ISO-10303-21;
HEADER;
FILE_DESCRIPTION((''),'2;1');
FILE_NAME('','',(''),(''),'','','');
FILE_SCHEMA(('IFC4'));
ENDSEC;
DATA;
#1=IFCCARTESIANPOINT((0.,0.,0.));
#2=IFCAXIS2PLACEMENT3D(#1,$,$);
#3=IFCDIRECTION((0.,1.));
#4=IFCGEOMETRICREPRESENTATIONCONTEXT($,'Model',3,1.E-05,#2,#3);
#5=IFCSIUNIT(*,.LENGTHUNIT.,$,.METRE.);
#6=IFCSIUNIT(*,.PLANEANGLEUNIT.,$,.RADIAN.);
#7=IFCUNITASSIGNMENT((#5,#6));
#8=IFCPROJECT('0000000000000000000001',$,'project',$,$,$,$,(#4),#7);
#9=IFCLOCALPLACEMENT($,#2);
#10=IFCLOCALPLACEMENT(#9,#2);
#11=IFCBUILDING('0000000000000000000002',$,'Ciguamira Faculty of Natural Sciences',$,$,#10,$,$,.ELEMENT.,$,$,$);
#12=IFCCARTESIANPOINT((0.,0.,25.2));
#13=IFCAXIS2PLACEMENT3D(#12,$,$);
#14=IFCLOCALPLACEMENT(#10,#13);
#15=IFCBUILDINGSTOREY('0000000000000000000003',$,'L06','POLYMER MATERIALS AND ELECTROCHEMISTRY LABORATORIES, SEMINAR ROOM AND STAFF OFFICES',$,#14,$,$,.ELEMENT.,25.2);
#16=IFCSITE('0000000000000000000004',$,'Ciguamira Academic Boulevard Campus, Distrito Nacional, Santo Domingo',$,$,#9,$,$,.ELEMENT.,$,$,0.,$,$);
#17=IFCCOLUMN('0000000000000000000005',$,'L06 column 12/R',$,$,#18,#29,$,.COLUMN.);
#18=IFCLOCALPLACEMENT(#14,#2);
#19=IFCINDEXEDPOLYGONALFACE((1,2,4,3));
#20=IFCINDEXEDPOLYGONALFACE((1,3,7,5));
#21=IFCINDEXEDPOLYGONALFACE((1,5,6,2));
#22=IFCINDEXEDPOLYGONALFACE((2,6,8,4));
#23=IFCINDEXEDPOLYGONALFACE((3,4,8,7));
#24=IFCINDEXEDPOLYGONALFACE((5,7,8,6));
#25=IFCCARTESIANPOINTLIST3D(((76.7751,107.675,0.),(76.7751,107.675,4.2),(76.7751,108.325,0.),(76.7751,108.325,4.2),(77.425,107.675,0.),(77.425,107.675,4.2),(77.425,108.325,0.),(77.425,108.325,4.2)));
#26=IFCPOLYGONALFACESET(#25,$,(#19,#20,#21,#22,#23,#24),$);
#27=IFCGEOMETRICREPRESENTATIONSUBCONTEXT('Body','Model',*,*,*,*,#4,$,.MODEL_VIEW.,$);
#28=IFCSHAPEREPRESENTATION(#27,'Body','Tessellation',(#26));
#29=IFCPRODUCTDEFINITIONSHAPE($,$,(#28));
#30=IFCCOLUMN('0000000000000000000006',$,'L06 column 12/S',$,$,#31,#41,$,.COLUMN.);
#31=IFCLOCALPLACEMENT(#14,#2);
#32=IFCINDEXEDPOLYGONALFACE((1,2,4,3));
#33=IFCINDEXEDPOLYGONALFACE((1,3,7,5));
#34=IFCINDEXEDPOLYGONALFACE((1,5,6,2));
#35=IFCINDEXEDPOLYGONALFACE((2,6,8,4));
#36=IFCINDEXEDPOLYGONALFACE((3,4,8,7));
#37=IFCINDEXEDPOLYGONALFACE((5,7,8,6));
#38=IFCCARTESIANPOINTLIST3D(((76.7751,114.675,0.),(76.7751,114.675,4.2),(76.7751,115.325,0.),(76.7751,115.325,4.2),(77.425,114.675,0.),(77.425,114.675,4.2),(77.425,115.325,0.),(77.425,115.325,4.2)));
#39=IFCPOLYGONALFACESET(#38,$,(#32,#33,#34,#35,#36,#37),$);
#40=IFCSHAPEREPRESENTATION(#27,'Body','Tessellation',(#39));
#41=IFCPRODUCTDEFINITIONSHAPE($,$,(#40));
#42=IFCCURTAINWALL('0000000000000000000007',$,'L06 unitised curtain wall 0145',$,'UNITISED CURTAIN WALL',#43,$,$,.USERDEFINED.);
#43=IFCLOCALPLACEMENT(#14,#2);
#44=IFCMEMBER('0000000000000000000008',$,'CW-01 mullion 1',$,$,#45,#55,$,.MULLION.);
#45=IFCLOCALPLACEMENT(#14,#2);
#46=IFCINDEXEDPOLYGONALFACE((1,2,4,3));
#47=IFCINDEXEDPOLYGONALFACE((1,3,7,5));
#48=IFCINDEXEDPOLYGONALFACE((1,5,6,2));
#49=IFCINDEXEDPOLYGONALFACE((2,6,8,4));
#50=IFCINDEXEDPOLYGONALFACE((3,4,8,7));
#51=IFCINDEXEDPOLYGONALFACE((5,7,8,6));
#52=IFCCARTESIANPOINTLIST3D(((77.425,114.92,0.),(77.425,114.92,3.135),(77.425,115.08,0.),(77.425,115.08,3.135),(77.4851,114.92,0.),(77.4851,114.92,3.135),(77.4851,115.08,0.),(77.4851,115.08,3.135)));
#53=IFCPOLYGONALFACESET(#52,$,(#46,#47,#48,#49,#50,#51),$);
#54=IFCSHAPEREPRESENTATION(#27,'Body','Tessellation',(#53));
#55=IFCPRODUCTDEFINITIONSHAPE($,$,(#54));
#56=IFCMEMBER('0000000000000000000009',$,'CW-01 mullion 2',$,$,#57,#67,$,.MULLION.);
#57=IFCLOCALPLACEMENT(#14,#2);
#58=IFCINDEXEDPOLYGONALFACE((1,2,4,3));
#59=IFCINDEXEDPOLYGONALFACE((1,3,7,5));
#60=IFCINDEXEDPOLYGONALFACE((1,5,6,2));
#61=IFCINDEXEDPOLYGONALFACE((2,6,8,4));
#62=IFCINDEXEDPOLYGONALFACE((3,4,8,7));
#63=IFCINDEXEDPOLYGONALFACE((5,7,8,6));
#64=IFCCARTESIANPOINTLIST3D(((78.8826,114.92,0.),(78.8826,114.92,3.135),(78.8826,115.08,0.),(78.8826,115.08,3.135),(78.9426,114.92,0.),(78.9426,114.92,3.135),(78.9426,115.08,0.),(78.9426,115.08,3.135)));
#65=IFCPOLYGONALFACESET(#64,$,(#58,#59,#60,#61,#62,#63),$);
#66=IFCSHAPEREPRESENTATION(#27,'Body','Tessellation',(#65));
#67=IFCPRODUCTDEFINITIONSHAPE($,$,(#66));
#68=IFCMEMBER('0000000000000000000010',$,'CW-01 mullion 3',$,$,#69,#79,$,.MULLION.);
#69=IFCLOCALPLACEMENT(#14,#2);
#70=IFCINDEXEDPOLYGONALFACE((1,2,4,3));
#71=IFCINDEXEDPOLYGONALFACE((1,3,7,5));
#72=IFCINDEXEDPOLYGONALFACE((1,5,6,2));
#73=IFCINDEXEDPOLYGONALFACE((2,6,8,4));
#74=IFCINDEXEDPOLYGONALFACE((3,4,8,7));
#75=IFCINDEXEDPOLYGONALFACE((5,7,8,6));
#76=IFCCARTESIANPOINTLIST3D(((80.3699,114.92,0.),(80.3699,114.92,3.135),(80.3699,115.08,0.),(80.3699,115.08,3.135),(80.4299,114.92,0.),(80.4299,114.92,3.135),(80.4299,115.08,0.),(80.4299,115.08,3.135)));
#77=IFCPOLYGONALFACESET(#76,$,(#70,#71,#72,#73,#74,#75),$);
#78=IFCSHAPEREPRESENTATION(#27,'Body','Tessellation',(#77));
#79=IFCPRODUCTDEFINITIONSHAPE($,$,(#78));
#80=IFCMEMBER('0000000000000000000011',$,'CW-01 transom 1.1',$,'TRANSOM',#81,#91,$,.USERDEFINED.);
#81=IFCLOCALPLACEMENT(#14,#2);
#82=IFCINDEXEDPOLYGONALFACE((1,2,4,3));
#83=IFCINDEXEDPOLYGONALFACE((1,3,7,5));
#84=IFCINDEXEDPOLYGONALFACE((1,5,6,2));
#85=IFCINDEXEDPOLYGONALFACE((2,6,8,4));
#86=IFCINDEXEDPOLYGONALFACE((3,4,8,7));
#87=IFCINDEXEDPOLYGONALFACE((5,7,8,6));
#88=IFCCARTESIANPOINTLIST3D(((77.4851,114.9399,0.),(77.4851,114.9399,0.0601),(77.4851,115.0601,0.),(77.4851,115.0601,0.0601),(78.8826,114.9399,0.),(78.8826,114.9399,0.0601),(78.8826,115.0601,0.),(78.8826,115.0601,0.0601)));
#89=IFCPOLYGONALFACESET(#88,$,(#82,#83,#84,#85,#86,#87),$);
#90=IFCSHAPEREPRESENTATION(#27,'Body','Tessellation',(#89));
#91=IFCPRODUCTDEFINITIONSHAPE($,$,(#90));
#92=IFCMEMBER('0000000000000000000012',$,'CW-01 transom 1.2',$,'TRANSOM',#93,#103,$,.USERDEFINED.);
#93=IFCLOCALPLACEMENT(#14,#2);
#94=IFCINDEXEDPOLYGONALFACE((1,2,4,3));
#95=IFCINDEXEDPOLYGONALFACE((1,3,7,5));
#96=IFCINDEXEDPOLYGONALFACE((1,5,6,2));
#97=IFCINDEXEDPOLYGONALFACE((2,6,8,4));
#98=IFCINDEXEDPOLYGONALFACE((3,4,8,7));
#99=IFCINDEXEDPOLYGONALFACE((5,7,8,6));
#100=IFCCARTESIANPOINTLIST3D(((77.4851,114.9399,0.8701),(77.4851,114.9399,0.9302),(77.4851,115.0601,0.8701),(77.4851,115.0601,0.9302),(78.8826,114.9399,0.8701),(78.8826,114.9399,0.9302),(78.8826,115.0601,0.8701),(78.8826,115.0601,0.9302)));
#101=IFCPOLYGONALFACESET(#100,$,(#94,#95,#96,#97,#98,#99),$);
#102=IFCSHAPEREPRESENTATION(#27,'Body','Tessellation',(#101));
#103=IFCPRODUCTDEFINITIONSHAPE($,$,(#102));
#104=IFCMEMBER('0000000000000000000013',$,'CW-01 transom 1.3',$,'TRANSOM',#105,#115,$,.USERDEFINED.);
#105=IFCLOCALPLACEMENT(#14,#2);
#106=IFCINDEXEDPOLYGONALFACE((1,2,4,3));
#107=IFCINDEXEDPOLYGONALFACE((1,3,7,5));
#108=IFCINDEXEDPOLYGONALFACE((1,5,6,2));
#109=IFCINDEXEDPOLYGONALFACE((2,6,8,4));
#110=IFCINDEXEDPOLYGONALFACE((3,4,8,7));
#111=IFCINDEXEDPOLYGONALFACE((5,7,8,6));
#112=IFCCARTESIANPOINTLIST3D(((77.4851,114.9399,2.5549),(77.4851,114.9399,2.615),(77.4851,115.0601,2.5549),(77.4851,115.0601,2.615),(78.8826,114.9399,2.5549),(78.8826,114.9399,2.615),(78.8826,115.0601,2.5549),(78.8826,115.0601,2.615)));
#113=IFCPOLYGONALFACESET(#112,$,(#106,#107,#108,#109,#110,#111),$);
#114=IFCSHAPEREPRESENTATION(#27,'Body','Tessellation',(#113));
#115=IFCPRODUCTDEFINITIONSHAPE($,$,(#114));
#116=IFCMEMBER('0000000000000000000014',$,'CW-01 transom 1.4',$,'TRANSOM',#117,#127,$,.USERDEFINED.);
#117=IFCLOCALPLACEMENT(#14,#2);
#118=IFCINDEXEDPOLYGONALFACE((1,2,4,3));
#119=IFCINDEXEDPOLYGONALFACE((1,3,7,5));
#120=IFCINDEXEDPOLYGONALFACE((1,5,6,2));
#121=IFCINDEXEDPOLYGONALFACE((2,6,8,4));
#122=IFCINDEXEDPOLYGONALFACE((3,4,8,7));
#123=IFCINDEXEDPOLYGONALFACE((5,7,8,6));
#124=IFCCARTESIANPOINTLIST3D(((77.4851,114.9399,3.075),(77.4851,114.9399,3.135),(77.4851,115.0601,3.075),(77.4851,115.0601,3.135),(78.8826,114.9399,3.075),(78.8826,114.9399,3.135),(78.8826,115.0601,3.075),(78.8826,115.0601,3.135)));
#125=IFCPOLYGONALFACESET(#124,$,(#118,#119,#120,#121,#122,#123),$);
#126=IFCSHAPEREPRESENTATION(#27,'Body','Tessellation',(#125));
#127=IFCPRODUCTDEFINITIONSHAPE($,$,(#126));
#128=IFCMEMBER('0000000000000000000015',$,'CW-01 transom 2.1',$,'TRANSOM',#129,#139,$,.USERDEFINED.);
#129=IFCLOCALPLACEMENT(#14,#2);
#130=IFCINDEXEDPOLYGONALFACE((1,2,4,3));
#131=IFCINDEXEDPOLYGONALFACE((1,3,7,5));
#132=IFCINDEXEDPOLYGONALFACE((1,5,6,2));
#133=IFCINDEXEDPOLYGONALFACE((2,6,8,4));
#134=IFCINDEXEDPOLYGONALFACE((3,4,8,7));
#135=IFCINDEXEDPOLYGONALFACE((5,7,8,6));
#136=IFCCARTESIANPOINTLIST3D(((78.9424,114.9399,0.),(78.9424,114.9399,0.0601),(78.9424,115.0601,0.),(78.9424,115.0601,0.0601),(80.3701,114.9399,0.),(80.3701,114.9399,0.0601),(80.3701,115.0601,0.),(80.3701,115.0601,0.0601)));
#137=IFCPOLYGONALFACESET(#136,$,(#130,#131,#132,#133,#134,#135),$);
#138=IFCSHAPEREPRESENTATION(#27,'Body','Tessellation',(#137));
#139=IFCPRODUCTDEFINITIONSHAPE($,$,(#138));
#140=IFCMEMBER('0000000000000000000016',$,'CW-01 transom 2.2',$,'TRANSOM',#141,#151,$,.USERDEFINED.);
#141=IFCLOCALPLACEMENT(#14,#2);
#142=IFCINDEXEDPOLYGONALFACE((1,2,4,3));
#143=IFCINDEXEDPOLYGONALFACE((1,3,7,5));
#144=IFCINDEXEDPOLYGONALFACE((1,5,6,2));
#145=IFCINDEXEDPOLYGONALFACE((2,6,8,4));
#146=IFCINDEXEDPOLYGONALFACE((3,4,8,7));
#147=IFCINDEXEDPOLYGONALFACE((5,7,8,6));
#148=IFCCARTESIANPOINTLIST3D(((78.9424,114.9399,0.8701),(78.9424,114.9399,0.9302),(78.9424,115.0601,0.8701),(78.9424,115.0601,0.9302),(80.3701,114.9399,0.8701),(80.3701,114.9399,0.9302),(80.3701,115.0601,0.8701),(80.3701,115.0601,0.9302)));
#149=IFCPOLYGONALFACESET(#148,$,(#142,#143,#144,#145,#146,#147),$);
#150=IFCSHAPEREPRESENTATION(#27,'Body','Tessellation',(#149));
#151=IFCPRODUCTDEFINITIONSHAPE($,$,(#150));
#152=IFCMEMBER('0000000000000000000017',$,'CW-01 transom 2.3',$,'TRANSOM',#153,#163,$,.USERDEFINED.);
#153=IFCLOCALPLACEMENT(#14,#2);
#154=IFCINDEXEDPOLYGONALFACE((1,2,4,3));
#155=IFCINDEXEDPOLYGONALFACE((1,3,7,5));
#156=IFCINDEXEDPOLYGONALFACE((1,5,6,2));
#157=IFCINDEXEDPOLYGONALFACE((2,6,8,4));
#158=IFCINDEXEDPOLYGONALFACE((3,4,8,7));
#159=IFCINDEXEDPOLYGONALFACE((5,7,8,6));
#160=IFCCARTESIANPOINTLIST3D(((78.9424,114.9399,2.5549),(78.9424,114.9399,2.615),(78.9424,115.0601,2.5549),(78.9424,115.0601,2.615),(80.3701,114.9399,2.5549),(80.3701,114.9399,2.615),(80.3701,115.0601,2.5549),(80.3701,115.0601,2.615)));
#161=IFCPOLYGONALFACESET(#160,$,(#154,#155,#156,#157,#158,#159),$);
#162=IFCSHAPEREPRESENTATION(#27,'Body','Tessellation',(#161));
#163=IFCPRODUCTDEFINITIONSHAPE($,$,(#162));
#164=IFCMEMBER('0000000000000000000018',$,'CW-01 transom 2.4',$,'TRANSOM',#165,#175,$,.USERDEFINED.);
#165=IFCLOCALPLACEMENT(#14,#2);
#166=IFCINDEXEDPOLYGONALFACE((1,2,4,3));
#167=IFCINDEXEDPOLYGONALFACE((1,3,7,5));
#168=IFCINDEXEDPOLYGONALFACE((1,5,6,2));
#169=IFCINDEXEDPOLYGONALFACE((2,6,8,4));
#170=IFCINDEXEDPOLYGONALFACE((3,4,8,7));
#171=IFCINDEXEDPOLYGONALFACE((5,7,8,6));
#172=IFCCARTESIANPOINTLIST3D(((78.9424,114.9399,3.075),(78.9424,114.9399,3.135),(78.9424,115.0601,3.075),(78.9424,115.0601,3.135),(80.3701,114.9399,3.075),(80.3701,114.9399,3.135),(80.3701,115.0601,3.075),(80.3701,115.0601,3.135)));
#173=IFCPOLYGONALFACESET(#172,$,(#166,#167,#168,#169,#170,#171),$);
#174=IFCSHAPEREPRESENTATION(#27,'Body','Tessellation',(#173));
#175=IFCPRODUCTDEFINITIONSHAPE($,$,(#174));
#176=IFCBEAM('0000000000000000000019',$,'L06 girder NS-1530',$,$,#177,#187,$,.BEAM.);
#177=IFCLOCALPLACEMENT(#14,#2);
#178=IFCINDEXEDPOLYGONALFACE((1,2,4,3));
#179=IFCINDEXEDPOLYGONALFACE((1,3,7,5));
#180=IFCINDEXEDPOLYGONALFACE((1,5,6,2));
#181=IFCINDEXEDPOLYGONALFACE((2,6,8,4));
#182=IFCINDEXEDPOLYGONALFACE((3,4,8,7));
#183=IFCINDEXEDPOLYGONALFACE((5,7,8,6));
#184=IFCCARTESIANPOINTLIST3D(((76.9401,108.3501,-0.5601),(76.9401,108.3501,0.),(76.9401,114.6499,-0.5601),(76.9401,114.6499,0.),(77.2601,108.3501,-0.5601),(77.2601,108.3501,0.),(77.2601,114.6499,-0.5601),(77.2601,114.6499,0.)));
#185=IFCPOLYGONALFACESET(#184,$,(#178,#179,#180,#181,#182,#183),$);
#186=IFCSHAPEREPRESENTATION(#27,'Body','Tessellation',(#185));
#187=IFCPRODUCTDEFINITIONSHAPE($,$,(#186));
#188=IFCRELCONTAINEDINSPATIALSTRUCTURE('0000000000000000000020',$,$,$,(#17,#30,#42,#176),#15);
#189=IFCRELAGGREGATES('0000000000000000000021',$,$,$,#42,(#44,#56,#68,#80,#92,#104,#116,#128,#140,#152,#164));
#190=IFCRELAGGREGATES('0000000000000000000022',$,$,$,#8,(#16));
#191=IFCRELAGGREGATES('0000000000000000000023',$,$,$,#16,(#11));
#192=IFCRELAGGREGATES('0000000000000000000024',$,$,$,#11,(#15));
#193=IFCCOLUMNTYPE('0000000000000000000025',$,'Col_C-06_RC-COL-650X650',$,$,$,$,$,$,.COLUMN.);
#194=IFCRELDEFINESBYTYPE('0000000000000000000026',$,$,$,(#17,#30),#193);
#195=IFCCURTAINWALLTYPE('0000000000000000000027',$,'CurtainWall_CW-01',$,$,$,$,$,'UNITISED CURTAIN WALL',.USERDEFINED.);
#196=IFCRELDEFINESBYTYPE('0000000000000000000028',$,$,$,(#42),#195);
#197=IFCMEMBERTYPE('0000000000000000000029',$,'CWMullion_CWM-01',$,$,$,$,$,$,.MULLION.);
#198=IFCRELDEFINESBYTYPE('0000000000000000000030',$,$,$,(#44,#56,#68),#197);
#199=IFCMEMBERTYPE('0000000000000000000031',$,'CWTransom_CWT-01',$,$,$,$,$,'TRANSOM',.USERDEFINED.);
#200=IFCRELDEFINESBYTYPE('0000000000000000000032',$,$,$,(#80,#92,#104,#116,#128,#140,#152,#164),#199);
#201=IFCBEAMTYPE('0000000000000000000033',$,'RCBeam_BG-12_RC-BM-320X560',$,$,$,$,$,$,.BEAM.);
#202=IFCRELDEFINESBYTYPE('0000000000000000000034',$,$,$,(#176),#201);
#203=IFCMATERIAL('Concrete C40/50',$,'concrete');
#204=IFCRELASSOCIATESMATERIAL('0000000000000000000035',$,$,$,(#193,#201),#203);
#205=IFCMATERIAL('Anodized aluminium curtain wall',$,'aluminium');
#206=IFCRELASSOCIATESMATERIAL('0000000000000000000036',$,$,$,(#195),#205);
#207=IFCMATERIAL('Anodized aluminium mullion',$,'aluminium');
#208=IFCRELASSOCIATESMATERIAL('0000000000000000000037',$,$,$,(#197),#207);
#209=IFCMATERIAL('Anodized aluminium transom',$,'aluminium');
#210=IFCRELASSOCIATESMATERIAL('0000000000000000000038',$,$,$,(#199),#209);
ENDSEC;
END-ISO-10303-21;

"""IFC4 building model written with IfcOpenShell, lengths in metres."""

from ifc_helpers import new_model, si_unit, direction, frame, origin, origin_2d, place, context, subcontext, project, spatial, rectangle, extrude, material, material_profile, profile_set, type_object, element, aggregate, save


model = new_model("IFC4")

# Units and contexts
model_context = context("Model", 3, precision=1e-05, world=origin(), true_north=direction((0.0, 1.0)))
body_context = subcontext(model_context, "Body", "Model", "MODEL_VIEW")
ifc_project = project(units=[si_unit("LENGTHUNIT", "METRE"), si_unit("PLANEANGLEUNIT", "RADIAN")], contexts=[model_context])

# Site, building, storey
site_placement = place(None, origin())
site = spatial("IfcSite", under=ifc_project, at=site_placement, Name="Ciguamira Academic Boulevard Campus, Distrito Nacional, Santo Domingo", CompositionType="ELEMENT", RefElevation=0.0)
building_placement = place(site_placement, origin())
building = spatial("IfcBuilding", under=site, at=building_placement, Name="Ciguamira Faculty of Natural Sciences", CompositionType="ELEMENT")
storey_placement = place(building_placement, frame((0.0, 0.0, 25.2)))
storey = spatial("IfcBuildingStorey", under=building, at=storey_placement, Name="L06", Description="POLYMER MATERIALS AND ELECTROCHEMISTRY LABORATORIES, SEMINAR ROOM AND STAFF OFFICES", CompositionType="ELEMENT", Elevation=25.2)

# Columns
ifc_material_1 = material(Name="Concrete C40/50", Category="concrete")
ifc_material_profile_1 = material_profile(ifc_material_1, rectangle(XDim=0.6499, YDim=0.6499, at=origin_2d()), Name="RC-COL-650X650")
ifc_profile_set_1 = profile_set([ifc_material_profile_1], Name="Concrete C40/50")
column_type = type_object("IfcColumnType", Name="Col_C-06_RC-COL-650X650", PredefinedType="COLUMN", material=ifc_profile_set_1)
for number, where, z_axis, x_axis, name in (
    (1, (77.1001, 108.0, 0.0), (0.0, 0.0, 1.0), (1.0, 0.0, 0.0), "L06 column 12/R"),
    (2, (77.1001, 115.0, 0.0), (0.0, 0.0, 1.0), (1.0, 0.0, 0.0), "L06 column 12/S"),
):
    element("IfcColumn", number, at=place(storey_placement, frame(where, z_axis=z_axis, x_axis=x_axis)), inside=storey, type_object=column_type, Name=name, PredefinedType="COLUMN", context=body_context, shape_type="SweptSolid", body=[
        extrude(rectangle(XDim=0.6499, YDim=0.6499, at=origin_2d()), origin(), (0.0, 0.0, 1.0), 4.2),
    ])

# Curtain wall, members
ifc_material_2 = material(Name="Anodized aluminium curtain wall", Category="aluminium")
curtain_wall_type = type_object("IfcCurtainWallType", Name="CurtainWall_CW-01", ElementType="UNITISED CURTAIN WALL", PredefinedType="USERDEFINED", material=ifc_material_2)
curtain_wall_placement = place(storey_placement, origin())
curtain_wall = element("IfcCurtainWall", 3, at=curtain_wall_placement, inside=storey, type_object=curtain_wall_type, Name="L06 unitised curtain wall 0145", ObjectType="UNITISED CURTAIN WALL", PredefinedType="USERDEFINED")
ifc_material_3 = material(Name="Anodized aluminium mullion", Category="aluminium")
ifc_material_profile_2 = material_profile(ifc_material_3, rectangle(XDim=0.0601, YDim=0.1599, at=origin_2d()), Name="ALU-MUL-60X160")
ifc_profile_set_2 = profile_set([ifc_material_profile_2], Name="Anodized aluminium mullion")
member_type_1 = type_object("IfcMemberType", Name="CWMullion_CWM-01", PredefinedType="MULLION", material=ifc_profile_set_2)
member_1_placement = place(storey_placement, frame((77.4551, 115.0, 0.0), z_axis=(0.0, 0.0, 1.0), x_axis=(1.0, 0.0, 0.0)))
member_1 = element("IfcMember", 4, at=member_1_placement, type_object=member_type_1, Name="CW-01 mullion 1", PredefinedType="MULLION", context=body_context, shape_type="SweptSolid", body=[
    extrude(rectangle(XDim=0.0601, YDim=0.1599, at=origin_2d()), origin(), (0.0, 0.0, 1.0), 3.135),
])
member_2_placement = place(storey_placement, frame((78.9126, 115.0, 0.0), z_axis=(0.0, 0.0, 1.0), x_axis=(1.0, 0.0, 0.0)))
member_2 = element("IfcMember", 5, at=member_2_placement, type_object=member_type_1, Name="CW-01 mullion 2", PredefinedType="MULLION", context=body_context, shape_type="SweptSolid", body=[
    extrude(rectangle(XDim=0.0601, YDim=0.1599, at=origin_2d()), origin(), (0.0, 0.0, 1.0), 3.135),
])
member_3_placement = place(storey_placement, frame((80.3999, 115.0, 0.0), z_axis=(0.0, 0.0, 1.0), x_axis=(1.0, 0.0, 0.0)))
member_3 = element("IfcMember", 6, at=member_3_placement, type_object=member_type_1, Name="CW-01 mullion 3", PredefinedType="MULLION", context=body_context, shape_type="SweptSolid", body=[
    extrude(rectangle(XDim=0.0601, YDim=0.1599, at=origin_2d()), origin(), (0.0, 0.0, 1.0), 3.135),
])
ifc_material_4 = material(Name="Anodized aluminium transom", Category="aluminium")
ifc_material_profile_3 = material_profile(ifc_material_4, rectangle(XDim=0.0601, YDim=0.1201, at=origin_2d()), Name="ALU-TRN-60X120")
ifc_profile_set_3 = profile_set([ifc_material_profile_3], Name="Anodized aluminium transom")
member_type_2 = type_object("IfcMemberType", Name="CWTransom_CWT-01", ElementType="TRANSOM", PredefinedType="USERDEFINED", material=ifc_profile_set_3)
member_4_placement = place(storey_placement, frame((77.4851, 115.0, 0.03), z_axis=(1.0, 0.0, 0.0), x_axis=(0.0, 0.0, 1.0)))
member_4 = element("IfcMember", 7, at=member_4_placement, type_object=member_type_2, Name="CW-01 transom 1.1", ObjectType="TRANSOM", PredefinedType="USERDEFINED", context=body_context, shape_type="SweptSolid", body=[
    extrude(rectangle(XDim=0.0601, YDim=0.1201, at=origin_2d()), origin(), (0.0, 0.0, 1.0), 1.3975),
])
member_5_placement = place(storey_placement, frame((77.4851, 115.0, 0.9001), z_axis=(1.0, 0.0, 0.0), x_axis=(0.0, 0.0, 1.0)))
member_5 = element("IfcMember", 8, at=member_5_placement, type_object=member_type_2, Name="CW-01 transom 1.2", ObjectType="TRANSOM", PredefinedType="USERDEFINED", context=body_context, shape_type="SweptSolid", body=[
    extrude(rectangle(XDim=0.0601, YDim=0.1201, at=origin_2d()), origin(), (0.0, 0.0, 1.0), 1.3975),
])
member_6_placement = place(storey_placement, frame((77.4851, 115.0, 2.585), z_axis=(1.0, 0.0, 0.0), x_axis=(0.0, 0.0, 1.0)))
member_6 = element("IfcMember", 9, at=member_6_placement, type_object=member_type_2, Name="CW-01 transom 1.3", ObjectType="TRANSOM", PredefinedType="USERDEFINED", context=body_context, shape_type="SweptSolid", body=[
    extrude(rectangle(XDim=0.0601, YDim=0.1201, at=origin_2d()), origin(), (0.0, 0.0, 1.0), 1.3975),
])
member_7_placement = place(storey_placement, frame((77.4851, 115.0, 3.105), z_axis=(1.0, 0.0, 0.0), x_axis=(0.0, 0.0, 1.0)))
member_7 = element("IfcMember", 10, at=member_7_placement, type_object=member_type_2, Name="CW-01 transom 1.4", ObjectType="TRANSOM", PredefinedType="USERDEFINED", context=body_context, shape_type="SweptSolid", body=[
    extrude(rectangle(XDim=0.0601, YDim=0.1201, at=origin_2d()), origin(), (0.0, 0.0, 1.0), 1.3975),
])
member_8_placement = place(storey_placement, frame((78.9424, 115.0, 0.03), z_axis=(1.0, 0.0, 0.0), x_axis=(0.0, 0.0, 1.0)))
member_8 = element("IfcMember", 11, at=member_8_placement, type_object=member_type_2, Name="CW-01 transom 2.1", ObjectType="TRANSOM", PredefinedType="USERDEFINED", context=body_context, shape_type="SweptSolid", body=[
    extrude(rectangle(XDim=0.0601, YDim=0.1201, at=origin_2d()), origin(), (0.0, 0.0, 1.0), 1.4277),
])
member_9_placement = place(storey_placement, frame((78.9424, 115.0, 0.9001), z_axis=(1.0, 0.0, 0.0), x_axis=(0.0, 0.0, 1.0)))
member_9 = element("IfcMember", 12, at=member_9_placement, type_object=member_type_2, Name="CW-01 transom 2.2", ObjectType="TRANSOM", PredefinedType="USERDEFINED", context=body_context, shape_type="SweptSolid", body=[
    extrude(rectangle(XDim=0.0601, YDim=0.1201, at=origin_2d()), origin(), (0.0, 0.0, 1.0), 1.4277),
])
member_10_placement = place(storey_placement, frame((78.9424, 115.0, 2.585), z_axis=(1.0, 0.0, 0.0), x_axis=(0.0, 0.0, 1.0)))
member_10 = element("IfcMember", 13, at=member_10_placement, type_object=member_type_2, Name="CW-01 transom 2.3", ObjectType="TRANSOM", PredefinedType="USERDEFINED", context=body_context, shape_type="SweptSolid", body=[
    extrude(rectangle(XDim=0.0601, YDim=0.1201, at=origin_2d()), origin(), (0.0, 0.0, 1.0), 1.4277),
])
member_11_placement = place(storey_placement, frame((78.9424, 115.0, 3.105), z_axis=(1.0, 0.0, 0.0), x_axis=(0.0, 0.0, 1.0)))
member_11 = element("IfcMember", 14, at=member_11_placement, type_object=member_type_2, Name="CW-01 transom 2.4", ObjectType="TRANSOM", PredefinedType="USERDEFINED", context=body_context, shape_type="SweptSolid", body=[
    extrude(rectangle(XDim=0.0601, YDim=0.1201, at=origin_2d()), origin(), (0.0, 0.0, 1.0), 1.4277),
])

# Beam
ifc_material_profile_4 = material_profile(ifc_material_1, rectangle(XDim=0.3201, YDim=0.5601, at=origin_2d()), Name="RC-BM-320X560")
ifc_profile_set_4 = profile_set([ifc_material_profile_4], Name="Concrete C40/50")
beam_type_1 = type_object("IfcBeamType", Name="RCBeam_BG-12_RC-BM-320X560", PredefinedType="BEAM", material=ifc_profile_set_4)
beam_1_placement = place(storey_placement, frame((77.1001, 108.3501, -0.28), z_axis=(0.0, 1.0, 0.0), x_axis=(-1.0, 0.0, 0.0)))
element("IfcBeam", 15, at=beam_1_placement, inside=storey, type_object=beam_type_1, Name="L06 girder NS-1530", PredefinedType="BEAM", context=body_context, shape_type="SweptSolid", body=[
    extrude(rectangle(XDim=0.3201, YDim=0.5601, at=origin_2d()), origin(), (0.0, 0.0, 1.0), 6.2998),
])

aggregate(curtain_wall, [member_1, member_2, member_3, member_4, member_5, member_6, member_7, member_8, member_9, member_10, member_11])

save(model, "model.ifc")
